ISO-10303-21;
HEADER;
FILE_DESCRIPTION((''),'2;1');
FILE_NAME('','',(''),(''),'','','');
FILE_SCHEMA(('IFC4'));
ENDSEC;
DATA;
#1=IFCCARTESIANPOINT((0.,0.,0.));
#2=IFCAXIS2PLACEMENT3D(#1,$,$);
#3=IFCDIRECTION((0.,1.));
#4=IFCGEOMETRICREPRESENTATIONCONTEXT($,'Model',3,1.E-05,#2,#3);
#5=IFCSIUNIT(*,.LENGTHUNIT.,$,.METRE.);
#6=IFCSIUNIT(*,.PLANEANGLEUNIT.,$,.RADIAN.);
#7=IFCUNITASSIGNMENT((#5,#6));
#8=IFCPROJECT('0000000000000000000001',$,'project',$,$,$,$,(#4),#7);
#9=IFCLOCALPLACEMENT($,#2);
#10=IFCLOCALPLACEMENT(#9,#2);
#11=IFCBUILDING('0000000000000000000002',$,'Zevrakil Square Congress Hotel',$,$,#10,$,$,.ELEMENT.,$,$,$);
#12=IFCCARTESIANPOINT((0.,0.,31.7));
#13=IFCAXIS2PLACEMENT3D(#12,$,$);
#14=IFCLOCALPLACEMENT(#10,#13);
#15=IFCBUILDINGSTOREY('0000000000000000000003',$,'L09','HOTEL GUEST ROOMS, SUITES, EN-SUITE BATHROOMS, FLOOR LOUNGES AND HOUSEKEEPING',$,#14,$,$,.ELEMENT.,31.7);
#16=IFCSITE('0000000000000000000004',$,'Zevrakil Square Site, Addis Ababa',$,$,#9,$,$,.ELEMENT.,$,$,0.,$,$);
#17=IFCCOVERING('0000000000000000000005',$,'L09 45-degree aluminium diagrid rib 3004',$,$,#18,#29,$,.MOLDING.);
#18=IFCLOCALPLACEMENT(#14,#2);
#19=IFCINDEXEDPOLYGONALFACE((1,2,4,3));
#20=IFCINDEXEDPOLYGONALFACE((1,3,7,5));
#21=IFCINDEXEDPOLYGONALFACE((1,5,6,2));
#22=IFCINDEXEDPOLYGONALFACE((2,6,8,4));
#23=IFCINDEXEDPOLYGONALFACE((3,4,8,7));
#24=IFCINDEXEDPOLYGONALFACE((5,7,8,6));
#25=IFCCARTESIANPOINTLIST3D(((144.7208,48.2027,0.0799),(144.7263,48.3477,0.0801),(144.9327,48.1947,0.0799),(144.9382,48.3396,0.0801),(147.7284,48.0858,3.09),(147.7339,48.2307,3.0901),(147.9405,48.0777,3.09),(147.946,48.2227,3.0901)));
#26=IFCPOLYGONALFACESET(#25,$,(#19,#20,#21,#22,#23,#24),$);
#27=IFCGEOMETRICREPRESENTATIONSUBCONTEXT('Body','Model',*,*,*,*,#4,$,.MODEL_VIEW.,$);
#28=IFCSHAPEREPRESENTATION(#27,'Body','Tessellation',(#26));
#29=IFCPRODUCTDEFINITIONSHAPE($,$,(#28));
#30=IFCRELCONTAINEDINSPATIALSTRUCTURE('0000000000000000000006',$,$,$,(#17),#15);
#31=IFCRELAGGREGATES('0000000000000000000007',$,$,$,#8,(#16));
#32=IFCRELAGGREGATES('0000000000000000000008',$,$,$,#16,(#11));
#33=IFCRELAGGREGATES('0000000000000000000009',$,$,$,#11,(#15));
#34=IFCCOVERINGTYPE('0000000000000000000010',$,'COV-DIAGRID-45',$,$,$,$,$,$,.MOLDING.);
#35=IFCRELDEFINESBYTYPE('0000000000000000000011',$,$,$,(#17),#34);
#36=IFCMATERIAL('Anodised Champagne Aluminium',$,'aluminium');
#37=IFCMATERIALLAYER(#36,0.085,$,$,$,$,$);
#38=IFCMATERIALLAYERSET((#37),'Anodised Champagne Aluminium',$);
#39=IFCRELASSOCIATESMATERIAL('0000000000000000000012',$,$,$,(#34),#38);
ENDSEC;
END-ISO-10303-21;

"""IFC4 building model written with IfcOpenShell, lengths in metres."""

from ifc_helpers import new_model, si_unit, direction, frame, origin, place, context, subcontext, project, spatial, polyline, outline, extrude, material, layer, layer_set, type_object, element, save


model = new_model("IFC4")

# Units and contexts
model_context = context("Model", 3, precision=1e-05, world=origin(), true_north=direction((0.0, 1.0)))
body_context = subcontext(model_context, "Body", "Model", "MODEL_VIEW")
ifc_project = project(units=[si_unit("LENGTHUNIT", "METRE"), si_unit("PLANEANGLEUNIT", "RADIAN")], contexts=[model_context])

# Site, building, storey
site_placement = place(None, origin())
site = spatial("IfcSite", under=ifc_project, at=site_placement, Name="Zevrakil Square Site, Addis Ababa", CompositionType="ELEMENT", RefElevation=0.0)
building_placement = place(site_placement, origin())
building = spatial("IfcBuilding", under=site, at=building_placement, Name="Zevrakil Square Congress Hotel", CompositionType="ELEMENT")
storey_placement = place(building_placement, frame((0.0, 0.0, 31.7)))
storey = spatial("IfcBuildingStorey", under=building, at=storey_placement, Name="L09", Description="HOTEL GUEST ROOMS, SUITES, EN-SUITE BATHROOMS, FLOOR LOUNGES AND HOUSEKEEPING", CompositionType="ELEMENT", Elevation=31.7)

# Covering
ifc_material_1 = material(Name="Anodised Champagne Aluminium", Category="aluminium")
ifc_layer_1 = layer(ifc_material_1, 0.085)
ifc_layer_set_1 = layer_set([ifc_layer_1], Name="Anodised Champagne Aluminium")
covering_type_1 = type_object("IfcCoveringType", Name="COV-DIAGRID-45", PredefinedType="MOLDING", material=ifc_layer_set_1)
covering_1_placement = place(storey_placement, frame((147.946, 48.2227, 3.0901), z_axis=(0.037969, 0.999279, 0.000884), x_axis=(-0.999279, 0.037969, 0.0)))
element("IfcCovering", 1, at=covering_1_placement, inside=storey, type_object=covering_type_1, Name="L09 45-degree aluminium diagrid rib 3004", PredefinedType="MOLDING", context=body_context, shape_type="SweptSolid", body=[
    extrude(outline(polyline([(0.0, 0.0), (0.2123, 0.0), (3.2222, -3.01), (3.0101, -3.01), (0.0, 0.0)])), origin(), (0.0, 0.0, -1.0), 0.145),
])

save(model, "model.ifc")
